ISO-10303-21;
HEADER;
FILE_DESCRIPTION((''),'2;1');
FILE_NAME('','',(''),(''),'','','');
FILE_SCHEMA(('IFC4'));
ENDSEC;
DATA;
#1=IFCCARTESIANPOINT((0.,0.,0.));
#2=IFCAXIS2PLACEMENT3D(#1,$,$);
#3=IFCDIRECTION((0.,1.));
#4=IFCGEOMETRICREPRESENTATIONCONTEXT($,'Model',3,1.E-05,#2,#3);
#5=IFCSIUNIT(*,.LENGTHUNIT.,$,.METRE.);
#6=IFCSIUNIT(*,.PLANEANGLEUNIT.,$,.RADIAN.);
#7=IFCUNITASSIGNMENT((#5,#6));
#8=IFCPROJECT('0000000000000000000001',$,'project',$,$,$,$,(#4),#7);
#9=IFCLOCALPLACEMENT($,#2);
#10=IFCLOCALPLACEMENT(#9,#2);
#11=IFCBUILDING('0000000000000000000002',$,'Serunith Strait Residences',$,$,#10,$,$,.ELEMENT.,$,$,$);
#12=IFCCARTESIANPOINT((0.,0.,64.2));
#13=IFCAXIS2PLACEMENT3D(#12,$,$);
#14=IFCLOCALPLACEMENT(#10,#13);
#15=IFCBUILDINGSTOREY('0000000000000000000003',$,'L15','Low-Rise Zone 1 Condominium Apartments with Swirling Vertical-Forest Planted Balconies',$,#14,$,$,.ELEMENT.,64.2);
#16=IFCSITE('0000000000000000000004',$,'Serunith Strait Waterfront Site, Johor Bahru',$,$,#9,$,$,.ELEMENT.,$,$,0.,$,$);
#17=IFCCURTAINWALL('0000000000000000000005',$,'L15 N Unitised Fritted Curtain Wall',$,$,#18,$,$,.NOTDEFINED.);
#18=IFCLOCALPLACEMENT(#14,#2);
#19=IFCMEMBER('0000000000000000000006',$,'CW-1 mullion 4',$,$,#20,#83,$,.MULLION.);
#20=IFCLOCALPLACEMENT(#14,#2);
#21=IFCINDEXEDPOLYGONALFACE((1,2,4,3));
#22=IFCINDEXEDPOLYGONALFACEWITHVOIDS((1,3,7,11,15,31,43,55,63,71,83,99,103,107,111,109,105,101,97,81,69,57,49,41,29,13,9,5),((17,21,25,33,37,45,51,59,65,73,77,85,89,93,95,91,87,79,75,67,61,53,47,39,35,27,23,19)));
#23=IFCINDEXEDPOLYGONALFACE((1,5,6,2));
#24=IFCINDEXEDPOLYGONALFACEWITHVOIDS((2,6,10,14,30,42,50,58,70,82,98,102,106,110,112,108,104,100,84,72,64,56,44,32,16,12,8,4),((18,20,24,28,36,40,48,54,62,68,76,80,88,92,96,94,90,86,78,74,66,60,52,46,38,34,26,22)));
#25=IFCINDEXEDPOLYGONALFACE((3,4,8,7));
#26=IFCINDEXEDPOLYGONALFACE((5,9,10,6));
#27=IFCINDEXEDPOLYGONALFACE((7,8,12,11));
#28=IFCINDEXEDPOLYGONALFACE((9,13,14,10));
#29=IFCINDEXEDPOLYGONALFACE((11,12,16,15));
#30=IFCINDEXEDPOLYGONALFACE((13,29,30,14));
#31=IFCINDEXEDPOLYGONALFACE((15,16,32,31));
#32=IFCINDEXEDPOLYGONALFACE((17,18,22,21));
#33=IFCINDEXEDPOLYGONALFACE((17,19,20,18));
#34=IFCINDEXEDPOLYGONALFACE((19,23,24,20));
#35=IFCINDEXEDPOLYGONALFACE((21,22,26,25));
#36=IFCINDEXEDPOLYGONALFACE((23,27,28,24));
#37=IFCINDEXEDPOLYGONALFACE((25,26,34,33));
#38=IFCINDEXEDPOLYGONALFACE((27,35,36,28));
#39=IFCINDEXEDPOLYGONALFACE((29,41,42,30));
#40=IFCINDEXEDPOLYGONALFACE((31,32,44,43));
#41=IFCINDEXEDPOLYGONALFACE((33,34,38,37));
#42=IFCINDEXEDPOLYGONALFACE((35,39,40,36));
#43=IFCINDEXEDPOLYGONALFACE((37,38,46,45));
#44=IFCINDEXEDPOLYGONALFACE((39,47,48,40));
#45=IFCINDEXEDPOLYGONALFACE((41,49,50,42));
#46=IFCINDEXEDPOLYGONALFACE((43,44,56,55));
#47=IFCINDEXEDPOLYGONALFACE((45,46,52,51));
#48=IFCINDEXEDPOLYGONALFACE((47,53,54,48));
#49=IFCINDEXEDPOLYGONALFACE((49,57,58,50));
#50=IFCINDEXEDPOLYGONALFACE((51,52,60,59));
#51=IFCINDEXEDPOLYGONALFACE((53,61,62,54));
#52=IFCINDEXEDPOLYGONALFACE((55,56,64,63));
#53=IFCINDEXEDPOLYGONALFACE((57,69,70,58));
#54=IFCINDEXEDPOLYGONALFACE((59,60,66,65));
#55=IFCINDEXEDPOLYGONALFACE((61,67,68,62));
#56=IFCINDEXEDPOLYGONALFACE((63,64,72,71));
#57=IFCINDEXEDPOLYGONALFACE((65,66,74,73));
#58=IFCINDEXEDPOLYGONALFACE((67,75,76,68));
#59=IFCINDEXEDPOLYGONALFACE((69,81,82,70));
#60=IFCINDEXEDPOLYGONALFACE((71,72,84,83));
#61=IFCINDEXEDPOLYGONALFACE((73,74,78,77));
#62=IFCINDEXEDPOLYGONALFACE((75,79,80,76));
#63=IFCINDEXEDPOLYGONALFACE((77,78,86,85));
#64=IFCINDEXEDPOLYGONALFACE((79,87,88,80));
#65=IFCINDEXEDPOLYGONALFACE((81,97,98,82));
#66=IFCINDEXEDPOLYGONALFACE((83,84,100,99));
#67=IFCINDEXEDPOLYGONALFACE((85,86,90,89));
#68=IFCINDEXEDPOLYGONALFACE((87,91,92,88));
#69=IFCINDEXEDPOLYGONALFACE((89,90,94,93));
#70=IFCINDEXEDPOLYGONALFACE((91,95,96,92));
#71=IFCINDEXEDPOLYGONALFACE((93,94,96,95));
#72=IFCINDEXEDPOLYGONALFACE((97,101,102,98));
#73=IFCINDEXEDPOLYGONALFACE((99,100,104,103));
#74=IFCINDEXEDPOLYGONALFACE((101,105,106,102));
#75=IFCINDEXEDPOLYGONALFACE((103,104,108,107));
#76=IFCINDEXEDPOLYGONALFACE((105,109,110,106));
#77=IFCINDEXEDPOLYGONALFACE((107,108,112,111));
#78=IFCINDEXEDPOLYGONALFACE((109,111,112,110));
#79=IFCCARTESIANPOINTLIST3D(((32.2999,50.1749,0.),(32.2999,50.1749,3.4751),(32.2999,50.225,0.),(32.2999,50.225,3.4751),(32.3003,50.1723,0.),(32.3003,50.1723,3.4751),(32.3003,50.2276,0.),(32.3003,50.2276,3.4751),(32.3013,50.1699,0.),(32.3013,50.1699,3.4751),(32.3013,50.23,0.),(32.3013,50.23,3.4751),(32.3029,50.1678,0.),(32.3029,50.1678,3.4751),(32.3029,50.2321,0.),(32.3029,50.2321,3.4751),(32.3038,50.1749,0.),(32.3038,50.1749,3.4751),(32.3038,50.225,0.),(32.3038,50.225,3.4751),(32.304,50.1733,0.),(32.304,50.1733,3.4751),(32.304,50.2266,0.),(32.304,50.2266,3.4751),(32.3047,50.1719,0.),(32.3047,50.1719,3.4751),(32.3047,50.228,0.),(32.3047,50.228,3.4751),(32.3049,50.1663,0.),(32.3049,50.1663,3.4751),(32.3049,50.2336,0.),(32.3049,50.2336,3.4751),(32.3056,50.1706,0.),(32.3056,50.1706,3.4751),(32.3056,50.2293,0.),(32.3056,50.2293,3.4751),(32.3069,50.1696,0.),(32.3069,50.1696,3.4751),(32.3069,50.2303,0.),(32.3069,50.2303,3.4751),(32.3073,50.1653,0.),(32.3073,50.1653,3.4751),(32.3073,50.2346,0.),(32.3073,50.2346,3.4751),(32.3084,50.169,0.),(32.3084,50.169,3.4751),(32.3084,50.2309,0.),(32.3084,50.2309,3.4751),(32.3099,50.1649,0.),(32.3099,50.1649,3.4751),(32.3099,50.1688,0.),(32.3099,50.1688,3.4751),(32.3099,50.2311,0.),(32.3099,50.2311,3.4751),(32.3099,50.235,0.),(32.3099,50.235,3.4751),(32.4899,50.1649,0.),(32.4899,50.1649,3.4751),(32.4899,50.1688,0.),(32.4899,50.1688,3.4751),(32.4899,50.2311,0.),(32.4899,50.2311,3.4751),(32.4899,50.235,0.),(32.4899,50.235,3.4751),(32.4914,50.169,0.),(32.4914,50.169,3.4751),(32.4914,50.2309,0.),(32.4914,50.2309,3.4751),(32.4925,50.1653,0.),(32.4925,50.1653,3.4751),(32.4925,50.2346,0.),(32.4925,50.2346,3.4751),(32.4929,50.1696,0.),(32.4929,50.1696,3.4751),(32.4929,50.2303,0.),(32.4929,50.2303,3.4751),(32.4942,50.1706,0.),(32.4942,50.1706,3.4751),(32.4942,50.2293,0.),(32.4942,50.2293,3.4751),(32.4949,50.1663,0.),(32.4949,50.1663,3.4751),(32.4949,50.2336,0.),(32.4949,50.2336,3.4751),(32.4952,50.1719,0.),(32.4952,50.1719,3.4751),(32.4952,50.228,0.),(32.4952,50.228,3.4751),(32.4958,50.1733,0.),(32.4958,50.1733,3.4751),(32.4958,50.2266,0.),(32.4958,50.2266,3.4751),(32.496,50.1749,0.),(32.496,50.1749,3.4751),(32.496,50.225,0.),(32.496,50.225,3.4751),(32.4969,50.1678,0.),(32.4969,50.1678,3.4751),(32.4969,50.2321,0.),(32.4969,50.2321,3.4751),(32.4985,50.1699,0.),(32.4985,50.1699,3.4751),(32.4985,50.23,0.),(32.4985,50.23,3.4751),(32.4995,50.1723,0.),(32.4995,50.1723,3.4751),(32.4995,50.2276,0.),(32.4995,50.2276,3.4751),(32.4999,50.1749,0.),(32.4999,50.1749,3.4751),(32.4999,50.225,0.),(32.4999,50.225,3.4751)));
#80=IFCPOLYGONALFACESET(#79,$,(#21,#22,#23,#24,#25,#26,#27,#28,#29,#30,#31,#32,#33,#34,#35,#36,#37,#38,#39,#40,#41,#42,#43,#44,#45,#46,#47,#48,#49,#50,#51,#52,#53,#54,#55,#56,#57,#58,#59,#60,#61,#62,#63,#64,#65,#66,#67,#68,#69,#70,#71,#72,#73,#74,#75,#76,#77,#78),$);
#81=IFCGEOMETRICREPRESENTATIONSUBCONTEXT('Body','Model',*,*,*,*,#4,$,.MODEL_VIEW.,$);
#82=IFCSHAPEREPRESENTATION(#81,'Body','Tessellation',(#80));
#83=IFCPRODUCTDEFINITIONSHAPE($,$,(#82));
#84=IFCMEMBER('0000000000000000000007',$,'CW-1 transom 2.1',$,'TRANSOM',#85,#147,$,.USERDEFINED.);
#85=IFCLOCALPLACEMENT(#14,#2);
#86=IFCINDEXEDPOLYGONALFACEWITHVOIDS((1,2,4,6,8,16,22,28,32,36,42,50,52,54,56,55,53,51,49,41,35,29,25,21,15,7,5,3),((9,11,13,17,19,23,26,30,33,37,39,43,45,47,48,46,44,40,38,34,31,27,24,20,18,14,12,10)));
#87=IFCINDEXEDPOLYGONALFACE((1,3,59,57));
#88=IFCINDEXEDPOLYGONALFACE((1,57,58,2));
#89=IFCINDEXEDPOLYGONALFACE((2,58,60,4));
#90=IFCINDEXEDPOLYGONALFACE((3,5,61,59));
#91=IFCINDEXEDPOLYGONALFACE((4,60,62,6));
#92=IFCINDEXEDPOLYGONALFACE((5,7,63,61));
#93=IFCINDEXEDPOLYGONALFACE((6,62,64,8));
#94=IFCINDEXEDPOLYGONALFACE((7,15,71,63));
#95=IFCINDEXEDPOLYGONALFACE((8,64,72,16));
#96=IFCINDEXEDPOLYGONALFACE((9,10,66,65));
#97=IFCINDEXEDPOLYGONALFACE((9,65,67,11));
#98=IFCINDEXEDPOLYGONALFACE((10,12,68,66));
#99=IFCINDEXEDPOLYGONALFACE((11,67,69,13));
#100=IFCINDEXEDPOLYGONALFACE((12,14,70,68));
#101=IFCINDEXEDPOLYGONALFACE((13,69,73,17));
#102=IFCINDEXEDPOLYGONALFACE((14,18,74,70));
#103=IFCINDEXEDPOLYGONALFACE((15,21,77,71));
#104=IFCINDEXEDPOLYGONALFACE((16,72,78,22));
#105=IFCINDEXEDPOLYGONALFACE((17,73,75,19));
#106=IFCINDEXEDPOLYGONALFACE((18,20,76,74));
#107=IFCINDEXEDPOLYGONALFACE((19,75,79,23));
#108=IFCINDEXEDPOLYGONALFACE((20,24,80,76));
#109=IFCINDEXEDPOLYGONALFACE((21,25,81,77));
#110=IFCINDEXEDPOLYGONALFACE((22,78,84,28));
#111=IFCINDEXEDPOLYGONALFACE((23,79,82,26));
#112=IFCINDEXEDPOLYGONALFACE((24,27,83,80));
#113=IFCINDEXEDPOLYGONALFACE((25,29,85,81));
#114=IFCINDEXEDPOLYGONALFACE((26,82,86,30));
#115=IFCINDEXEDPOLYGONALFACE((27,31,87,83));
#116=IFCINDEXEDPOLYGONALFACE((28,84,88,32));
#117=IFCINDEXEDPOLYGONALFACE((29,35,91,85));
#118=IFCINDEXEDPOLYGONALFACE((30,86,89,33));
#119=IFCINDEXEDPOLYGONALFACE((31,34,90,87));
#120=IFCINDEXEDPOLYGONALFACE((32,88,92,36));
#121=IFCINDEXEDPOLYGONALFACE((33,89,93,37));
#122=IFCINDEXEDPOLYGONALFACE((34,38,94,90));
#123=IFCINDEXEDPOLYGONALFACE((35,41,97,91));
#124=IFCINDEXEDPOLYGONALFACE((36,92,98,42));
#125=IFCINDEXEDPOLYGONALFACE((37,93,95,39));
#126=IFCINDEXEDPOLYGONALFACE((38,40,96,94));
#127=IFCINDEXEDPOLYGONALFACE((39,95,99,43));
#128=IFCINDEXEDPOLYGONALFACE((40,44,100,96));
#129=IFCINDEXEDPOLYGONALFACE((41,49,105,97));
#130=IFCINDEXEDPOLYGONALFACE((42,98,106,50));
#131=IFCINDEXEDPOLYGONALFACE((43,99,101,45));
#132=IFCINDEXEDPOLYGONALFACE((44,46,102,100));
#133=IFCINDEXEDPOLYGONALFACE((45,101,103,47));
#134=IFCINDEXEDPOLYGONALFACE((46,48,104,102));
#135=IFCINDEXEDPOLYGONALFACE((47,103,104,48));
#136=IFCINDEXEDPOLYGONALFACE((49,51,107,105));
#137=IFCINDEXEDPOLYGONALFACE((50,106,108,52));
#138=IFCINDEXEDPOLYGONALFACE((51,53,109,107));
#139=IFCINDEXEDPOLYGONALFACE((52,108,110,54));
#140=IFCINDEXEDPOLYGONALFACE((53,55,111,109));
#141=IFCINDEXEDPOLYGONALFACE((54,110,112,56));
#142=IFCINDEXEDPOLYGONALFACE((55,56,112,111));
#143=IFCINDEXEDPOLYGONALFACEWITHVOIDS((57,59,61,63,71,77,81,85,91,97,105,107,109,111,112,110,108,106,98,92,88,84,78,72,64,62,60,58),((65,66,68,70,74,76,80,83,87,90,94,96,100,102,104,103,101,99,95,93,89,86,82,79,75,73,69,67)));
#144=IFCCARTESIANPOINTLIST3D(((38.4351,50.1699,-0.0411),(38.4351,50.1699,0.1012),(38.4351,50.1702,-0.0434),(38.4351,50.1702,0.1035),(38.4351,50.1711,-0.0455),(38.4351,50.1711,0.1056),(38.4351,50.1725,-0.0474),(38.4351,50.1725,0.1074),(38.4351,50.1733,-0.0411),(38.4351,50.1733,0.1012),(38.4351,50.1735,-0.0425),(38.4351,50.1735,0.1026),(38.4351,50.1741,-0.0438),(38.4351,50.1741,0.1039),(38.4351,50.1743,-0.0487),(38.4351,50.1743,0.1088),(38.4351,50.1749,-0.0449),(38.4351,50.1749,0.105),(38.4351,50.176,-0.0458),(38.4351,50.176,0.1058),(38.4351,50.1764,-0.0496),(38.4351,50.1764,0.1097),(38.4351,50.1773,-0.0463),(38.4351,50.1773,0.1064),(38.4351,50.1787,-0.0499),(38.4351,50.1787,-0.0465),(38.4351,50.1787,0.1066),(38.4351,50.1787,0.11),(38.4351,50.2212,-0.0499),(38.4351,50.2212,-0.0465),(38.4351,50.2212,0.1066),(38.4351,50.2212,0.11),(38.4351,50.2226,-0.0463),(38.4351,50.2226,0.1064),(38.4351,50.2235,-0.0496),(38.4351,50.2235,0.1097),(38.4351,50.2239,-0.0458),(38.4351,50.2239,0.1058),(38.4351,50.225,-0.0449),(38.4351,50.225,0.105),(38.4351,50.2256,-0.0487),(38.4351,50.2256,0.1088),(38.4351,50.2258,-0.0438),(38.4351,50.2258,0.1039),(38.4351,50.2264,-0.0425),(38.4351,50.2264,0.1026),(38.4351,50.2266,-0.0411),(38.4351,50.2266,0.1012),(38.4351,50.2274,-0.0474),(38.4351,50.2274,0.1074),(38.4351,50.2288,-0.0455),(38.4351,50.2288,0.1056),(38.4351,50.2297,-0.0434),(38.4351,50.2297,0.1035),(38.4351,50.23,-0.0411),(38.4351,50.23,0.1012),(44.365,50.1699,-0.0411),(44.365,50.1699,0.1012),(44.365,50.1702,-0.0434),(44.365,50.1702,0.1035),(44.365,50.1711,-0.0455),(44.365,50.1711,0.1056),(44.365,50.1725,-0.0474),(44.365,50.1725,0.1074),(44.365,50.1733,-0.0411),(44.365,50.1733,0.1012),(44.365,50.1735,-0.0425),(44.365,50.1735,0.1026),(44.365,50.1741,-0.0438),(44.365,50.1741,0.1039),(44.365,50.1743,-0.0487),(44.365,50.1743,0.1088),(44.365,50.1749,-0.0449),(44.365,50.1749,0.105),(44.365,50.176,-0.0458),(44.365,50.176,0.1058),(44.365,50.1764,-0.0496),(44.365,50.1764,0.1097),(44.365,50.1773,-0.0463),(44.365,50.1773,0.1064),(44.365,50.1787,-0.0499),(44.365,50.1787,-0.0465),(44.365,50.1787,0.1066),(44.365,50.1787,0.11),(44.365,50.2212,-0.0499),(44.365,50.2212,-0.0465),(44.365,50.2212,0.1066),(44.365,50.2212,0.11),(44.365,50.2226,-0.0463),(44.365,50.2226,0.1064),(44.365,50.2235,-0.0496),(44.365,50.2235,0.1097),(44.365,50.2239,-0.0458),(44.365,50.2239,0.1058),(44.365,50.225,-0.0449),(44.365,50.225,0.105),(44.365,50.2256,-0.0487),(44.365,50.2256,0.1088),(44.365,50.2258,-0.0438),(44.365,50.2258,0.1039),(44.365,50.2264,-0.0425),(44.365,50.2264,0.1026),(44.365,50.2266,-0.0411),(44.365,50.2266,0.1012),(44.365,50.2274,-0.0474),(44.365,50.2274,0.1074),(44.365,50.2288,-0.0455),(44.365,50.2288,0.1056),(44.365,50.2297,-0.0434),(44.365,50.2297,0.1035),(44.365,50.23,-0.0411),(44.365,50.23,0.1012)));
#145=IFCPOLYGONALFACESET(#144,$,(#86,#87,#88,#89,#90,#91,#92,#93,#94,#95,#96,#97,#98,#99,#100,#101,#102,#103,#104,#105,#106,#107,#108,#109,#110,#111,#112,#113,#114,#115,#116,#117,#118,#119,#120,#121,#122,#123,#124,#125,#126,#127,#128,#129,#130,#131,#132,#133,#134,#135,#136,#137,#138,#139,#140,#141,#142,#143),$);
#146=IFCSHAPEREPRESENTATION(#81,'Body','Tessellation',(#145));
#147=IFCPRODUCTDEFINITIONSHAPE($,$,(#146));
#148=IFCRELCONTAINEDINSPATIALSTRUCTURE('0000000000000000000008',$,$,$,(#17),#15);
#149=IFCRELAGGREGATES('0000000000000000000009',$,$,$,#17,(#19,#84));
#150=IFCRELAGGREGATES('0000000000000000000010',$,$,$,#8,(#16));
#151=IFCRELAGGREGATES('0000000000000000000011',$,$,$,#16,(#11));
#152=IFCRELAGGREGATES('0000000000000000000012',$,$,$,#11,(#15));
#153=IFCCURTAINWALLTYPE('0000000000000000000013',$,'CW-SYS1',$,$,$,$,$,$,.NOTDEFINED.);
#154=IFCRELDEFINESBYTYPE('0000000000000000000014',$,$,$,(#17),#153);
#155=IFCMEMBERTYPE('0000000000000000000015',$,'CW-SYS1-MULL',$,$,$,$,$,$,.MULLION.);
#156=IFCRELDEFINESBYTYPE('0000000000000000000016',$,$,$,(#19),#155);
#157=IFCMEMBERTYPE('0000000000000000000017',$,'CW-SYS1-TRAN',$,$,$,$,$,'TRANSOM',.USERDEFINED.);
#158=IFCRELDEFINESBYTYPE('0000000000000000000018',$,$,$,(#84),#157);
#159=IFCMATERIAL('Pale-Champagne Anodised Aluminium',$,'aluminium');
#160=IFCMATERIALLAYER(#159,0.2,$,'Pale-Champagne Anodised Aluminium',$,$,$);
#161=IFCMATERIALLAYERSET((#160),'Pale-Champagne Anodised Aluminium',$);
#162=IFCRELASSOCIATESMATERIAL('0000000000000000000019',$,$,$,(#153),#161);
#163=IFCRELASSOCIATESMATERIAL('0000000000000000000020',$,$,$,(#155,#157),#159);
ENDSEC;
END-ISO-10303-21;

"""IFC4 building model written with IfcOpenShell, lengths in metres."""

from ifc_helpers import new_model, si_unit, direction, frame, origin, origin_2d, place, context, subcontext, project, spatial, hollow_rectangle, extrude, source, transform, mapped, material, layer, layer_set, material_profile, profile_set, type_object, element, aggregate, save


model = new_model("IFC4")

# Units and contexts
model_context = context("Model", 3, precision=1e-05, world=origin(), true_north=direction((0.0, 1.0)))
body_context = subcontext(model_context, "Body", "Model", "MODEL_VIEW")
ifc_project = project(units=[si_unit("LENGTHUNIT", "METRE"), si_unit("PLANEANGLEUNIT", "RADIAN")], contexts=[model_context])

# Site, building, storey
site_placement = place(None, origin())
site = spatial("IfcSite", under=ifc_project, at=site_placement, Name="Serunith Strait Waterfront Site, Johor Bahru", CompositionType="ELEMENT", RefElevation=0.0)
building_placement = place(site_placement, origin())
building = spatial("IfcBuilding", under=site, at=building_placement, Name="Serunith Strait Residences", CompositionType="ELEMENT")
storey_placement = place(building_placement, frame((0.0, 0.0, 64.2)))
storey = spatial("IfcBuildingStorey", under=building, at=storey_placement, Name="L15", Description="Low-Rise Zone 1 Condominium Apartments with Swirling Vertical-Forest Planted Balconies", CompositionType="ELEMENT", Elevation=64.2)

# Curtain wall, members
ifc_material_1 = material(Name="Pale-Champagne Anodised Aluminium", Category="aluminium")
ifc_layer_1 = layer(ifc_material_1, 0.2, Name="Pale-Champagne Anodised Aluminium")
ifc_layer_set_1 = layer_set([ifc_layer_1], Name="Pale-Champagne Anodised Aluminium")
curtain_wall_type = type_object("IfcCurtainWallType", Name="CW-SYS1", PredefinedType="NOTDEFINED", material=ifc_layer_set_1)
curtain_wall_placement = place(storey_placement, origin())
curtain_wall = element("IfcCurtainWall", 1, at=curtain_wall_placement, inside=storey, type_object=curtain_wall_type, Name="L15 N Unitised Fritted Curtain Wall", PredefinedType="NOTDEFINED")
ifc_material_profile_1 = material_profile(ifc_material_1, hollow_rectangle(XDim=0.0701, YDim=0.2, WallThickness=0.0039, InnerFilletRadius=0.0061, OuterFilletRadius=0.01, at=origin_2d()), Name="ALU 200x70x4")
ifc_profile_set_1 = profile_set([ifc_material_profile_1], Name="Pale-Champagne Anodised Aluminium")
member_type_1 = type_object("IfcMemberType", Name="CW-SYS1-MULL", PredefinedType="MULLION", material=ifc_profile_set_1)
shared_shape_1 = source(origin(), body_context, "Body", "SweptSolid", [
    extrude(hollow_rectangle(XDim=0.0701, YDim=0.2, WallThickness=0.0039, InnerFilletRadius=0.0061, OuterFilletRadius=0.01, at=origin_2d()), origin(), (0.0, 0.0, 1.0), 3.4751),
])
member_1_placement = place(storey_placement, frame((32.3999, 50.2, 0.0), z_axis=(0.0, 0.0, 1.0), x_axis=(0.0, -1.0, 0.0)))
member_1 = element("IfcMember", 2, at=member_1_placement, type_object=member_type_1, Name="CW-1 mullion 4", PredefinedType="MULLION", context=body_context, shape_type="MappedRepresentation", body=[
    mapped(shared_shape_1, transform((0.0, 0.0, 0.0), scale=1.0)),
])
ifc_material_profile_2 = material_profile(ifc_material_1, hollow_rectangle(XDim=0.0601, YDim=0.1599, WallThickness=0.0034, InnerFilletRadius=0.0054, OuterFilletRadius=0.0088, at=origin_2d()), Name="ALU 160x60x3.5")
ifc_profile_set_2 = profile_set([ifc_material_profile_2], Name="Pale-Champagne Anodised Aluminium")
member_type_2 = type_object("IfcMemberType", Name="CW-SYS1-TRAN", ElementType="TRANSOM", PredefinedType="USERDEFINED", material=ifc_profile_set_2)
shared_shape_2 = source(origin(), body_context, "Body", "SweptSolid", [
    extrude(hollow_rectangle(XDim=0.0601, YDim=0.1599, WallThickness=0.0034, InnerFilletRadius=0.0054, OuterFilletRadius=0.0088, at=origin_2d()), origin(), (0.0, 0.0, 1.0), 5.9299),
])
member_2_placement = place(storey_placement, frame((44.365, 50.2, 0.03), z_axis=(-1.0, 0.0, 0.0), x_axis=(0.0, -1.0, 0.0)))
member_2 = element("IfcMember", 3, at=member_2_placement, type_object=member_type_2, Name="CW-1 transom 2.1", ObjectType="TRANSOM", PredefinedType="USERDEFINED", context=body_context, shape_type="MappedRepresentation", body=[
    mapped(shared_shape_2, transform((0.0, 0.0, 0.0), scale=1.0)),
])
aggregate(curtain_wall, [member_1, member_2])

save(model, "model.ifc")
